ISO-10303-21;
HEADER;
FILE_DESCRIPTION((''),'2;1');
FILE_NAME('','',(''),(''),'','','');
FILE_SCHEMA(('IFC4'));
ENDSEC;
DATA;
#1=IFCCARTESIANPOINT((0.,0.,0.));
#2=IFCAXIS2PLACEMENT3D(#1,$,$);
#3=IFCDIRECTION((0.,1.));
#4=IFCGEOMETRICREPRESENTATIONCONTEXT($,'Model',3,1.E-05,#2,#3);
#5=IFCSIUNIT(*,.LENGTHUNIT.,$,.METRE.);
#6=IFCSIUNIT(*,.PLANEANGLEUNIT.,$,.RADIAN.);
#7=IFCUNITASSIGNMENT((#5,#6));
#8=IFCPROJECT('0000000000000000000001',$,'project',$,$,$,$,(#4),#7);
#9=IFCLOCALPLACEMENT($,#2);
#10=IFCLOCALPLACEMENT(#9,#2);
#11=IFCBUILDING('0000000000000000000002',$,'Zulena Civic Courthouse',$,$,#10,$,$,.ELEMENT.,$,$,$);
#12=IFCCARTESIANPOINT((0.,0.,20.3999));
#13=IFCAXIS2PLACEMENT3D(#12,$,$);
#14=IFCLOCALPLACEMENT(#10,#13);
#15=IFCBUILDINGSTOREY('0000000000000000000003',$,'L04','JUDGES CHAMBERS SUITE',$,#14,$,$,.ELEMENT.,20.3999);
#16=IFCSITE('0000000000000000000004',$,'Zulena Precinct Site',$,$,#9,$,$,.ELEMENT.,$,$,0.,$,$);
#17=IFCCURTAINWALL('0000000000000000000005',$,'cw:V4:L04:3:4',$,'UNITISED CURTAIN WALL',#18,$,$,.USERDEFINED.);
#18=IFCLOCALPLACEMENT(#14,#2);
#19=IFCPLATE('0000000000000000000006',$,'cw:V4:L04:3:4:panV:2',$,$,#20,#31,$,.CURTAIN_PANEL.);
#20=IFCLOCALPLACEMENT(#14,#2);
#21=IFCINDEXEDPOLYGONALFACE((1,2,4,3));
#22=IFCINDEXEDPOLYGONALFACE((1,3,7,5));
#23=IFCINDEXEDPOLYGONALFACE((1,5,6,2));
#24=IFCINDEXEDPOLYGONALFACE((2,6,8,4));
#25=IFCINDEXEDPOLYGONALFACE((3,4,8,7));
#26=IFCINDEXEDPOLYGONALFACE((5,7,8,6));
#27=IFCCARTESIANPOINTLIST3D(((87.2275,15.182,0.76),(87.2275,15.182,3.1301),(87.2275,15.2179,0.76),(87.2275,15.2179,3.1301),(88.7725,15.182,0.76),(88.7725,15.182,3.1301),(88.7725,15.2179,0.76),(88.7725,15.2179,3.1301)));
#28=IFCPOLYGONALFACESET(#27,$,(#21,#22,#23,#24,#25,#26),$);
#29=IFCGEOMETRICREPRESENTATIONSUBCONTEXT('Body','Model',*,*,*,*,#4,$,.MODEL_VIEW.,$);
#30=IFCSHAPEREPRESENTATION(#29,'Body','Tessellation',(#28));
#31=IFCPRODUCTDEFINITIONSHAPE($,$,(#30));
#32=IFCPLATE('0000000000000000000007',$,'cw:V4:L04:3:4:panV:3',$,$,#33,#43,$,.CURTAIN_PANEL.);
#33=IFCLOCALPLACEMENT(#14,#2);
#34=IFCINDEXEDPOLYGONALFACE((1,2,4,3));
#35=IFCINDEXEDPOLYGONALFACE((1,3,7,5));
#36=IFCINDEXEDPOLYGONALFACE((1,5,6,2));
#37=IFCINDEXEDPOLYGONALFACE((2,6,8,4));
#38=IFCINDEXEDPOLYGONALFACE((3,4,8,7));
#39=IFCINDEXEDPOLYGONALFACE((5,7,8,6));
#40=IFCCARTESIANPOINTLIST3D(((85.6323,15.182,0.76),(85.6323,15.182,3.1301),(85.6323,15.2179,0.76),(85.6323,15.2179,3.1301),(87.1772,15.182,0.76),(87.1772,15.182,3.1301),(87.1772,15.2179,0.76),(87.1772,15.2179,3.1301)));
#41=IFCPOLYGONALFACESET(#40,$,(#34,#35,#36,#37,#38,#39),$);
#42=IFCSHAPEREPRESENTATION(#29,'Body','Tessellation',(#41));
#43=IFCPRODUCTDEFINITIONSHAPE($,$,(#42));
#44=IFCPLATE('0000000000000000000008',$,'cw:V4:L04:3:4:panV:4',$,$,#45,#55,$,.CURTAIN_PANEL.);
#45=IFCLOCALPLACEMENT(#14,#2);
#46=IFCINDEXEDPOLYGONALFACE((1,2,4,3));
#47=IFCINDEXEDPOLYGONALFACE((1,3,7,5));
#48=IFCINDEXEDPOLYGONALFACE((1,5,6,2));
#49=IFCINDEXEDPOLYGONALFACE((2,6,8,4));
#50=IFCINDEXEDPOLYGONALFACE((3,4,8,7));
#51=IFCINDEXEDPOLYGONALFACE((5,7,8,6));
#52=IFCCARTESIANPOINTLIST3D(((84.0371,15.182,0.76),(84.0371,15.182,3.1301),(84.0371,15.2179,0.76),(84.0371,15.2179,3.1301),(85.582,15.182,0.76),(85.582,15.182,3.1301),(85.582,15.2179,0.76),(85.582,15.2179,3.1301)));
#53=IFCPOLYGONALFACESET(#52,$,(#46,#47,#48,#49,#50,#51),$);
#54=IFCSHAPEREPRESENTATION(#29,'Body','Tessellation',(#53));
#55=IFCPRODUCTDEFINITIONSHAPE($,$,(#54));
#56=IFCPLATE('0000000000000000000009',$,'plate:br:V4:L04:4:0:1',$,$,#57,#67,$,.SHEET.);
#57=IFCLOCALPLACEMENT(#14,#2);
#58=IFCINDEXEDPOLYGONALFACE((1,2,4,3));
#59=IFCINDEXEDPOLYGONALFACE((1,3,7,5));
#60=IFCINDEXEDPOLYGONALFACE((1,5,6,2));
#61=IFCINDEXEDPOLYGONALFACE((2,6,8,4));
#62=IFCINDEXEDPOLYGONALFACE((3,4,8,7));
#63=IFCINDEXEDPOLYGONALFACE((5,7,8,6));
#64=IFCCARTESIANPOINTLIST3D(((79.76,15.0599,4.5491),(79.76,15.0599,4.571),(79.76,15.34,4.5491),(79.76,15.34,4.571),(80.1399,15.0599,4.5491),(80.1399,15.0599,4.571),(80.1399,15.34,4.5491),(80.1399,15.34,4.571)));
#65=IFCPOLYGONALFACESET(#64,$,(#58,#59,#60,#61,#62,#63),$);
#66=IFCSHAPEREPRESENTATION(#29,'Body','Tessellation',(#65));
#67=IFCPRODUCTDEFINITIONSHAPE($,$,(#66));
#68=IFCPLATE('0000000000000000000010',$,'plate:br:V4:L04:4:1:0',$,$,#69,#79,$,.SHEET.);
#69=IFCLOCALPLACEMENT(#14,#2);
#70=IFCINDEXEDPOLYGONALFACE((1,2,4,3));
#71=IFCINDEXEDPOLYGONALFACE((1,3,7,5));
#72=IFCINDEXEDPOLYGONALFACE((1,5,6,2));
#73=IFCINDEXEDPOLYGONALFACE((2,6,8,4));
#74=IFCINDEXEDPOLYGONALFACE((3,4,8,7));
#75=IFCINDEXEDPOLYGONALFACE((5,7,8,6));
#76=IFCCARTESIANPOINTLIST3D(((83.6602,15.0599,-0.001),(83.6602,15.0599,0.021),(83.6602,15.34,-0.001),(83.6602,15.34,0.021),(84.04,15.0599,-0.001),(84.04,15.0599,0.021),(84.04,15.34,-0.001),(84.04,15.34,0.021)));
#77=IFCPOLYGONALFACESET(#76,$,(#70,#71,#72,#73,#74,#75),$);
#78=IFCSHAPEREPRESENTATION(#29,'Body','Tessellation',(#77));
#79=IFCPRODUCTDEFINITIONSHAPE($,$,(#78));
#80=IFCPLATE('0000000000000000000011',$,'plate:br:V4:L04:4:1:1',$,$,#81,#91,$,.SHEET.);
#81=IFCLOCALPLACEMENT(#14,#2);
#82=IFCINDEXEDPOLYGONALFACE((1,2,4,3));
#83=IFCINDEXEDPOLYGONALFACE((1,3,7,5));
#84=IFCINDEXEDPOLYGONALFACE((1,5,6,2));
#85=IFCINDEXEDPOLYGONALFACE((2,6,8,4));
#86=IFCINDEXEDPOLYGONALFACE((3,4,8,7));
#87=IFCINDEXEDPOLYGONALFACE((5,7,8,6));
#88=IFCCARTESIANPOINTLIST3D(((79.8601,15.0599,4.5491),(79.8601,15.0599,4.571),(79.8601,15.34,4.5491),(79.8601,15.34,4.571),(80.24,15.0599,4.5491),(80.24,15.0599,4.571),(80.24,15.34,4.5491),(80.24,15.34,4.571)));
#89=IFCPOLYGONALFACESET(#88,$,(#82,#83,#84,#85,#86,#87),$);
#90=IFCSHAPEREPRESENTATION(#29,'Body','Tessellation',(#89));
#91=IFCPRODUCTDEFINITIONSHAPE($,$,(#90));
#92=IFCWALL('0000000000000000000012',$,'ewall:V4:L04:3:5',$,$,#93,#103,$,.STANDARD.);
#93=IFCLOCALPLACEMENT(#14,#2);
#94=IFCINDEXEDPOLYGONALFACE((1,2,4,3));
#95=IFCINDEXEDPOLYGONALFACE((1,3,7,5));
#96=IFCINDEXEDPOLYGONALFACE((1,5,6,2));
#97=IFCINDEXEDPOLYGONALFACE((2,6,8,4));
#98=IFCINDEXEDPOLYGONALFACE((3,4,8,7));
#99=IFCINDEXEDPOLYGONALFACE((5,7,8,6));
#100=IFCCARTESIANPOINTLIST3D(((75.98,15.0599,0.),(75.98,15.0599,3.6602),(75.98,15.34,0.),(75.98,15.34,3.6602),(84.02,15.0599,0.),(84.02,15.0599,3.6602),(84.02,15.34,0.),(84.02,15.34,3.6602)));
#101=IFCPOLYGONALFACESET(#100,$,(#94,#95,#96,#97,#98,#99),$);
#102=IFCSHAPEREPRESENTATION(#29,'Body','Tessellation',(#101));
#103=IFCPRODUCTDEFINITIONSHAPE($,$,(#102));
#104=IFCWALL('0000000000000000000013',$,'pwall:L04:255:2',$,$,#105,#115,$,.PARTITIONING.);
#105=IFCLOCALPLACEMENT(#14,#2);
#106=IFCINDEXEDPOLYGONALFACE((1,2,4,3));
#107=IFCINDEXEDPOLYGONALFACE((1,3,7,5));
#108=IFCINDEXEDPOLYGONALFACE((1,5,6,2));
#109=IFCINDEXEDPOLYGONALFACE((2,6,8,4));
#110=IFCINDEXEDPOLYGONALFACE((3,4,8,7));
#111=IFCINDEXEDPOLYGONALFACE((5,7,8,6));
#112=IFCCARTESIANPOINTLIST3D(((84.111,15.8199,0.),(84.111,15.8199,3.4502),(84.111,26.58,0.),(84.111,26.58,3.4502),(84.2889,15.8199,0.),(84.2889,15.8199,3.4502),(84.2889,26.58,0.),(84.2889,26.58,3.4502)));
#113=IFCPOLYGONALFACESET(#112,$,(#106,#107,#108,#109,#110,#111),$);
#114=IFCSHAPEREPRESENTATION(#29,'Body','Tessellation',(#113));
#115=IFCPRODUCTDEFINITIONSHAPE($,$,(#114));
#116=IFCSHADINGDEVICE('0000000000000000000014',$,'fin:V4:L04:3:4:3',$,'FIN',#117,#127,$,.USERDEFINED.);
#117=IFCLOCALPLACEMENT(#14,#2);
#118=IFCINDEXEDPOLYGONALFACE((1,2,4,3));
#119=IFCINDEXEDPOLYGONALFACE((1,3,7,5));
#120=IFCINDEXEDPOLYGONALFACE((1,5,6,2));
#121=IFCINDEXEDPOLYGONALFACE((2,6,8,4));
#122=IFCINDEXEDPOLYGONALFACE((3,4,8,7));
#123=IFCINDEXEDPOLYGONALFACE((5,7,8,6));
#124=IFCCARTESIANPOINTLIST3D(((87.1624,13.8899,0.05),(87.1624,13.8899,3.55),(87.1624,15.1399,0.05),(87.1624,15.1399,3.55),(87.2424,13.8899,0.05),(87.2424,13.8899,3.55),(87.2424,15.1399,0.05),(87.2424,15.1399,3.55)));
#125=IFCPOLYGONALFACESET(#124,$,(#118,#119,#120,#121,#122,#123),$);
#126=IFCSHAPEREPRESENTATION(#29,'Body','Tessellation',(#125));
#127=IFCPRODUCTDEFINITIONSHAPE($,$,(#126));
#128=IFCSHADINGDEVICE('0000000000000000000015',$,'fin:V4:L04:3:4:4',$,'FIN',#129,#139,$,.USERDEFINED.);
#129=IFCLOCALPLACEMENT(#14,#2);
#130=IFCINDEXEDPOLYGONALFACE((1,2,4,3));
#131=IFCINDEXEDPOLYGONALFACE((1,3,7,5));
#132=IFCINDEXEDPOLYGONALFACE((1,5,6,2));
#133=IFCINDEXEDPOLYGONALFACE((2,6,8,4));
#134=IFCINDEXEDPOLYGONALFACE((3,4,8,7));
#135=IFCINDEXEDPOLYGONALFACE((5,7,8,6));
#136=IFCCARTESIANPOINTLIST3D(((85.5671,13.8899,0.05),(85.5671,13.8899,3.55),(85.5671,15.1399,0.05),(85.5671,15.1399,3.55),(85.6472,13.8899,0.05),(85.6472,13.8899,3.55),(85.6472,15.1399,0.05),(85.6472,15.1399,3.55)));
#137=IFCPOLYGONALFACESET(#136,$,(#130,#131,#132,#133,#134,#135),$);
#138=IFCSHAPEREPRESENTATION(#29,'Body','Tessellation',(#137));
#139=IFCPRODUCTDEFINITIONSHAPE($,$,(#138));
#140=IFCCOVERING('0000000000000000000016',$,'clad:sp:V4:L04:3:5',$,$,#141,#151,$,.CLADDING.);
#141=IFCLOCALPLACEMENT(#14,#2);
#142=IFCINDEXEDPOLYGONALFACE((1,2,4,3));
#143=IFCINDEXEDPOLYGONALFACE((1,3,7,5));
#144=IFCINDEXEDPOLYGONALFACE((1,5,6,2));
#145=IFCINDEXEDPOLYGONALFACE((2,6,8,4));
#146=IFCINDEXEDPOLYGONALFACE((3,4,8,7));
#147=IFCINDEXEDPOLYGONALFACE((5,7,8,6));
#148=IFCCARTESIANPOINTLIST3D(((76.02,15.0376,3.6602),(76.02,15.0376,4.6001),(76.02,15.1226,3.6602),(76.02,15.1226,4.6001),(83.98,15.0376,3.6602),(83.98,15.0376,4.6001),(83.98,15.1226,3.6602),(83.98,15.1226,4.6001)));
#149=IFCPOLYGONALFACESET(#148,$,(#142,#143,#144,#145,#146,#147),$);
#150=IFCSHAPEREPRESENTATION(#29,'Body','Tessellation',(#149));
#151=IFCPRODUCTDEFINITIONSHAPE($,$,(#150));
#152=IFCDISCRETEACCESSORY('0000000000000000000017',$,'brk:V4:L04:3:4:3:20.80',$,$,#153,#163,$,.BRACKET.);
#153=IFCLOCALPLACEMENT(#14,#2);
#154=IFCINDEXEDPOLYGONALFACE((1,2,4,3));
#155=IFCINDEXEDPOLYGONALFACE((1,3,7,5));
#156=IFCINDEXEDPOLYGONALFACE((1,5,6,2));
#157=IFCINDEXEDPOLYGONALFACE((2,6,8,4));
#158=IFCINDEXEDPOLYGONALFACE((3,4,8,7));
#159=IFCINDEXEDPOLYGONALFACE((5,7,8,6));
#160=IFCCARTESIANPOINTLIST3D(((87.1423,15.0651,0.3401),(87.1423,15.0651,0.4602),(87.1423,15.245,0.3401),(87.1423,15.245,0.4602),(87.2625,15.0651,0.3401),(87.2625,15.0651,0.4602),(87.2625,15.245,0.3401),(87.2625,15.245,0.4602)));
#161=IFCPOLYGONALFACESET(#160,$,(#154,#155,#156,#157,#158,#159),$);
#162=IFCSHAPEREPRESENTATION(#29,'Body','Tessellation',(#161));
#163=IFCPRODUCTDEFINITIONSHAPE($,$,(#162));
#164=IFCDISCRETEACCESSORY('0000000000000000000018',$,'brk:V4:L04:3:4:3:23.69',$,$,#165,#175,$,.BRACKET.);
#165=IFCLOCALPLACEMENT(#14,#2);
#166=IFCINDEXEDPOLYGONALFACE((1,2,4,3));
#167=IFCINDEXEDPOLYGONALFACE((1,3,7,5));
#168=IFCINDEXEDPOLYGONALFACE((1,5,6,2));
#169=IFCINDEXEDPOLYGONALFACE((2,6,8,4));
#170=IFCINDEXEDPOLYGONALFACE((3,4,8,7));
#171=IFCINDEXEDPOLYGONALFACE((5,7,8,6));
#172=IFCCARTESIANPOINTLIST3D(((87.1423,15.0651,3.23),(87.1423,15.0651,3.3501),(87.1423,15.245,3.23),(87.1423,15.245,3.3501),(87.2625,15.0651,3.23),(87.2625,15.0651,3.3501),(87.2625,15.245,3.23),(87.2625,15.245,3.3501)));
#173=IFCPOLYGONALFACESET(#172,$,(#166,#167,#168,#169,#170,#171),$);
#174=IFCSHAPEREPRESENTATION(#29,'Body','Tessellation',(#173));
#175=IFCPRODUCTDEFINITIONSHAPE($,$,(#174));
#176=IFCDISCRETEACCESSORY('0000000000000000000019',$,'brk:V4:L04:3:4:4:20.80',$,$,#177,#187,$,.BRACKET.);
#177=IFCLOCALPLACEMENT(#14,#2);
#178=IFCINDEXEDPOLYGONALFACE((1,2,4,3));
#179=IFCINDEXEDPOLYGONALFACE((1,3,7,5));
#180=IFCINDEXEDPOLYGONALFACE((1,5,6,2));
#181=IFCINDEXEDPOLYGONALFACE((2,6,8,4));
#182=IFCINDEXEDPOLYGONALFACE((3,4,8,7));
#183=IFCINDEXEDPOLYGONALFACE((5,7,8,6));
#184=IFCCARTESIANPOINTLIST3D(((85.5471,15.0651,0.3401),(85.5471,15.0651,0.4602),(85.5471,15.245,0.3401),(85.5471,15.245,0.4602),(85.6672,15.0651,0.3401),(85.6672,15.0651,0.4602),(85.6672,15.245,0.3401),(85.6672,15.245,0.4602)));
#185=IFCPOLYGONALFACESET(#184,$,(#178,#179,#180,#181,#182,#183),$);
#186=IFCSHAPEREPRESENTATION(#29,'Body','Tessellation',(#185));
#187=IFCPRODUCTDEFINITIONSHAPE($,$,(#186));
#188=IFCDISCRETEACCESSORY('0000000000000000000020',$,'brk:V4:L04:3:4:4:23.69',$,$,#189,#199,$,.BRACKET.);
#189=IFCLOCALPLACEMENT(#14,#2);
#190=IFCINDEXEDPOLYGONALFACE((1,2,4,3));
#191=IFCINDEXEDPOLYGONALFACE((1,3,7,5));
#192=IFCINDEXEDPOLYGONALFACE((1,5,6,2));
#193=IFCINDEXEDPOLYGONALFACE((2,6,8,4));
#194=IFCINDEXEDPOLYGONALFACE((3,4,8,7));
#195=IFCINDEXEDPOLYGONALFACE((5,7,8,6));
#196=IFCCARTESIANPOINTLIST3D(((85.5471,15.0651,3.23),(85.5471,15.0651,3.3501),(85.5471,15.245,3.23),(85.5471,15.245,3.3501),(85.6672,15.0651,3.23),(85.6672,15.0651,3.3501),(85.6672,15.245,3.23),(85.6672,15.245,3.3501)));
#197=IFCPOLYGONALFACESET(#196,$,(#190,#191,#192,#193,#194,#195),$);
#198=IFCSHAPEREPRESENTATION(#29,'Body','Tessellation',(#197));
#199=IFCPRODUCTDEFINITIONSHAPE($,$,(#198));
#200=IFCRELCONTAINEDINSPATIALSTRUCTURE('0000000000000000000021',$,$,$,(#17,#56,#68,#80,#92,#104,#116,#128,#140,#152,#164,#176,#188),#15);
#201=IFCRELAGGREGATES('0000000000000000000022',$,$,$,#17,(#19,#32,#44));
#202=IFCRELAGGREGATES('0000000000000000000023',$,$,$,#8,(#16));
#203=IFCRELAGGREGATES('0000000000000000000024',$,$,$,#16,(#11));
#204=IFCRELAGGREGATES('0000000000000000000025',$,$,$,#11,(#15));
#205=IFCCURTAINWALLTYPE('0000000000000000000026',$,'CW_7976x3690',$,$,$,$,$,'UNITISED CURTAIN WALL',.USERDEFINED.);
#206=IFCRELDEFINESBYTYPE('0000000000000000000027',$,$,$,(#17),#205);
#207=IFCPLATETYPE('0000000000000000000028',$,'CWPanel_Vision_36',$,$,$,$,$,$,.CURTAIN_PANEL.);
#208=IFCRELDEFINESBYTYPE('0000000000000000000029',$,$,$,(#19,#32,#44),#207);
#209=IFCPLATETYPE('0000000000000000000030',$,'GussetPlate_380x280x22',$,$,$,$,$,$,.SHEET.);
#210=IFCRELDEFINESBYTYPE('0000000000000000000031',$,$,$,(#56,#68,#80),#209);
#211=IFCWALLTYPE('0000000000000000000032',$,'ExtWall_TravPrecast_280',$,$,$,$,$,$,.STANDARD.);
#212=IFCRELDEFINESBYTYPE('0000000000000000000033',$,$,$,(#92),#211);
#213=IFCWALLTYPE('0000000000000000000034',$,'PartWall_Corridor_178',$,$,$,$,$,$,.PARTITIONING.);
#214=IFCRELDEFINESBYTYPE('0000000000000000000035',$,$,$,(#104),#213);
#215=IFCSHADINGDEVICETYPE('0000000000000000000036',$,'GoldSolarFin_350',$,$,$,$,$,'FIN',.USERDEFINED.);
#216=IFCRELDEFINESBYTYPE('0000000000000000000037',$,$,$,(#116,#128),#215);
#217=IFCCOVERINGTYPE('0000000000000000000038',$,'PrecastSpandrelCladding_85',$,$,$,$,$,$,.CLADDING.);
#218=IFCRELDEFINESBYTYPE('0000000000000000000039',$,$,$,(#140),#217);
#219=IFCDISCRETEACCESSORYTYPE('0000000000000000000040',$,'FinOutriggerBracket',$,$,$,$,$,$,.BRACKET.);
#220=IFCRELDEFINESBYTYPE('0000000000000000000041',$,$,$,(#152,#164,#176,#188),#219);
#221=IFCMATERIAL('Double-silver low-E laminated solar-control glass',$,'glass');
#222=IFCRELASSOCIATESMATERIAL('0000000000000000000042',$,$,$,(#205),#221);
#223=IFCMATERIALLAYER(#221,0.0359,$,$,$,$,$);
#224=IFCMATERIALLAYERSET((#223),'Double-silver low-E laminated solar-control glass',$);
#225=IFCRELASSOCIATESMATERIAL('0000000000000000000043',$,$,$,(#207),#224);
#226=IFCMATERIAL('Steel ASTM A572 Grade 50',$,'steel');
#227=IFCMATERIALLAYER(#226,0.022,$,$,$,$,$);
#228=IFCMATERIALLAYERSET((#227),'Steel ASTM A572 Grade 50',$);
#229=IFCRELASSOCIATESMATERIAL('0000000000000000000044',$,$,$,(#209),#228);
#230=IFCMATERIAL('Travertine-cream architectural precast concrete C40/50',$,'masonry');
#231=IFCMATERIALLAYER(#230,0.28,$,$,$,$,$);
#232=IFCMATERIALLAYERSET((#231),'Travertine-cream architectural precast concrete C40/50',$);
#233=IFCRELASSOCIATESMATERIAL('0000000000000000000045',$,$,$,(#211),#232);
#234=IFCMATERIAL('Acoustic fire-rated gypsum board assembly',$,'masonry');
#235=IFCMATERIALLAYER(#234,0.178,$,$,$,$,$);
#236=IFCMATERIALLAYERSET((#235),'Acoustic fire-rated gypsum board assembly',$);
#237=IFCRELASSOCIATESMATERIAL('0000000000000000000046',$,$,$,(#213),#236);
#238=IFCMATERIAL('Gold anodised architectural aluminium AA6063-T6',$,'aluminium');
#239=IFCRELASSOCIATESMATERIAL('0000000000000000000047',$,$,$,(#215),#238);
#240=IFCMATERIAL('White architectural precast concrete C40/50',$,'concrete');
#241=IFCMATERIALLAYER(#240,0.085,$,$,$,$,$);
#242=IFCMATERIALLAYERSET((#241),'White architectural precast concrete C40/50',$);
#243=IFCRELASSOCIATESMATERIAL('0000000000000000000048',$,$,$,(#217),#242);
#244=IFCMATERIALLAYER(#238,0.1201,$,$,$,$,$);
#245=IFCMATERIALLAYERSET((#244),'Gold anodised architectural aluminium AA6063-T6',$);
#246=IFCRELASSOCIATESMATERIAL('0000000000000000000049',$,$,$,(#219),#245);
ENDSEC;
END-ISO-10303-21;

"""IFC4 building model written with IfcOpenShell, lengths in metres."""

from ifc_helpers import new_model, si_unit, direction, frame, frame_2d, origin, origin_2d, place, context, subcontext, project, spatial, rectangle, extrude, material, layer, layer_set, type_object, element, aggregate, save


model = new_model("IFC4")

# Units and contexts
model_context = context("Model", 3, precision=1e-05, world=origin(), true_north=direction((0.0, 1.0)))
body_context = subcontext(model_context, "Body", "Model", "MODEL_VIEW")
ifc_project = project(units=[si_unit("LENGTHUNIT", "METRE"), si_unit("PLANEANGLEUNIT", "RADIAN")], contexts=[model_context])

# Site, building, storey
site_placement = place(None, origin())
site = spatial("IfcSite", under=ifc_project, at=site_placement, Name="Zulena Precinct Site", CompositionType="ELEMENT", RefElevation=0.0)
building_placement = place(site_placement, origin())
building = spatial("IfcBuilding", under=site, at=building_placement, Name="Zulena Civic Courthouse", CompositionType="ELEMENT")
storey_placement = place(building_placement, frame((0.0, 0.0, 20.3999)))
storey = spatial("IfcBuildingStorey", under=building, at=storey_placement, Name="L04", Description="JUDGES CHAMBERS SUITE", CompositionType="ELEMENT", Elevation=20.3999)

# Curtain wall
ifc_material_1 = material(Name="Double-silver low-E laminated solar-control glass", Category="glass")
curtain_wall_type = type_object("IfcCurtainWallType", Name="CW_7976x3690", ElementType="UNITISED CURTAIN WALL", PredefinedType="USERDEFINED", material=ifc_material_1)
curtain_wall_placement = place(storey_placement, origin())
curtain_wall = element("IfcCurtainWall", 1, at=curtain_wall_placement, inside=storey, type_object=curtain_wall_type, Name="cw:V4:L04:3:4", ObjectType="UNITISED CURTAIN WALL", PredefinedType="USERDEFINED")

# Plates
ifc_layer_1 = layer(ifc_material_1, 0.0359)
ifc_layer_set_1 = layer_set([ifc_layer_1], Name="Double-silver low-E laminated solar-control glass")
plate_type_1 = type_object("IfcPlateType", Name="CWPanel_Vision_36", PredefinedType="CURTAIN_PANEL", material=ifc_layer_set_1)
plate_1_placement = place(storey_placement, frame((88.0, 15.2, 0.76), z_axis=(0.0, 0.0, 1.0), x_axis=(-1.0, 0.0, 0.0)))
plate_1 = element("IfcPlate", 2, at=plate_1_placement, type_object=plate_type_1, Name="cw:V4:L04:3:4:panV:2", PredefinedType="CURTAIN_PANEL", context=body_context, shape_type="SweptSolid", body=[
    extrude(rectangle(XDim=1.5449, YDim=0.0359, at=origin_2d()), origin(), (0.0, 0.0, 1.0), 2.3701),
])
plate_2_placement = place(storey_placement, frame((86.4048, 15.2, 0.76), z_axis=(0.0, 0.0, 1.0), x_axis=(-1.0, 0.0, 0.0)))
plate_2 = element("IfcPlate", 3, at=plate_2_placement, type_object=plate_type_1, Name="cw:V4:L04:3:4:panV:3", PredefinedType="CURTAIN_PANEL", context=body_context, shape_type="SweptSolid", body=[
    extrude(rectangle(XDim=1.5449, YDim=0.0359, at=origin_2d()), origin(), (0.0, 0.0, 1.0), 2.3701),
])
plate_3_placement = place(storey_placement, frame((84.8096, 15.2, 0.76), z_axis=(0.0, 0.0, 1.0), x_axis=(-1.0, 0.0, 0.0)))
plate_3 = element("IfcPlate", 4, at=plate_3_placement, type_object=plate_type_1, Name="cw:V4:L04:3:4:panV:4", PredefinedType="CURTAIN_PANEL", context=body_context, shape_type="SweptSolid", body=[
    extrude(rectangle(XDim=1.5449, YDim=0.0359, at=origin_2d()), origin(), (0.0, 0.0, 1.0), 2.3701),
])
aggregate(curtain_wall, [plate_1, plate_2, plate_3])

# Plates
ifc_material_2 = material(Name="Steel ASTM A572 Grade 50", Category="steel")
ifc_layer_2 = layer(ifc_material_2, 0.022)
ifc_layer_set_2 = layer_set([ifc_layer_2], Name="Steel ASTM A572 Grade 50")
plate_type_2 = type_object("IfcPlateType", Name="GussetPlate_380x280x22", PredefinedType="SHEET", material=ifc_layer_set_2)
for number, where, z_axis, x_axis, name in (
    (5, (79.95, 15.2, 4.5491), (0.0, 0.0, 1.0), (1.0, 0.0, 0.0), "plate:br:V4:L04:4:0:1"),
    (6, (83.8501, 15.2, -0.001), (0.0, 0.0, 1.0), (1.0, 0.0, 0.0), "plate:br:V4:L04:4:1:0"),
    (7, (80.05, 15.2, 4.5491), (0.0, 0.0, 1.0), (1.0, 0.0, 0.0), "plate:br:V4:L04:4:1:1"),
):
    element("IfcPlate", number, at=place(storey_placement, frame(where, z_axis=z_axis, x_axis=x_axis)), inside=storey, type_object=plate_type_2, Name=name, PredefinedType="SHEET", context=body_context, shape_type="SweptSolid", body=[
        extrude(rectangle(XDim=0.3799, YDim=0.28, at=origin_2d()), origin(), (0.0, 0.0, 1.0), 0.022),
    ])

# Walls
ifc_material_3 = material(Name="Travertine-cream architectural precast concrete C40/50", Category="masonry")
ifc_layer_3 = layer(ifc_material_3, 0.28)
ifc_layer_set_3 = layer_set([ifc_layer_3], Name="Travertine-cream architectural precast concrete C40/50")
wall_type_1 = type_object("IfcWallType", Name="ExtWall_TravPrecast_280", PredefinedType="STANDARD", material=ifc_layer_set_3)
wall_1_placement = place(storey_placement, frame((84.02, 15.2, 0.0), z_axis=(0.0, 0.0, 1.0), x_axis=(-1.0, 0.0, 0.0)))
element("IfcWall", 8, at=wall_1_placement, inside=storey, type_object=wall_type_1, Name="ewall:V4:L04:3:5", PredefinedType="STANDARD", context=body_context, shape_type="SweptSolid", body=[
    extrude(rectangle(XDim=8.04, YDim=0.28, at=frame_2d((4.02, 0.0))), origin(), (0.0, 0.0, 1.0), 3.6602),
])
ifc_material_4 = material(Name="Acoustic fire-rated gypsum board assembly", Category="masonry")
ifc_layer_4 = layer(ifc_material_4, 0.178)
ifc_layer_set_4 = layer_set([ifc_layer_4], Name="Acoustic fire-rated gypsum board assembly")
wall_type_2 = type_object("IfcWallType", Name="PartWall_Corridor_178", PredefinedType="PARTITIONING", material=ifc_layer_set_4)
wall_2_placement = place(storey_placement, frame((84.2, 15.8201, 0.0), z_axis=(0.0, 0.0, 1.0), x_axis=(0.0, 1.0, 0.0)))
element("IfcWall", 9, at=wall_2_placement, inside=storey, type_object=wall_type_2, Name="pwall:L04:255:2", PredefinedType="PARTITIONING", context=body_context, shape_type="SweptSolid", body=[
    extrude(rectangle(XDim=10.76, YDim=0.178, at=frame_2d((5.3799, 0.0))), origin(), (0.0, 0.0, 1.0), 3.4502),
])

# Shading devices
ifc_material_5 = material(Name="Gold anodised architectural aluminium AA6063-T6", Category="aluminium")
shading_device_type = type_object("IfcShadingDeviceType", Name="GoldSolarFin_350", ElementType="FIN", PredefinedType="USERDEFINED", material=ifc_material_5)
for number, where, z_axis, x_axis, name in (
    (10, (87.2024, 14.5149, 0.05), (0.0, 0.0, 1.0), (0.0, -1.0, 0.0), "fin:V4:L04:3:4:3"),
    (11, (85.6072, 14.5149, 0.05), (0.0, 0.0, 1.0), (0.0, -1.0, 0.0), "fin:V4:L04:3:4:4"),
):
    element("IfcShadingDevice", number, at=place(storey_placement, frame(where, z_axis=z_axis, x_axis=x_axis)), inside=storey, type_object=shading_device_type, Name=name, ObjectType="FIN", PredefinedType="USERDEFINED", context=body_context, shape_type="SweptSolid", body=[
        extrude(rectangle(XDim=1.25, YDim=0.0801, at=origin_2d()), origin(), (0.0, 0.0, 1.0), 3.5),
    ])

# Covering
ifc_material_6 = material(Name="White architectural precast concrete C40/50", Category="concrete")
ifc_layer_5 = layer(ifc_material_6, 0.085)
ifc_layer_set_5 = layer_set([ifc_layer_5], Name="White architectural precast concrete C40/50")
covering_type = type_object("IfcCoveringType", Name="PrecastSpandrelCladding_85", PredefinedType="CLADDING", material=ifc_layer_set_5)
covering_placement = place(storey_placement, frame((80.0, 15.0801, 3.6602), z_axis=(0.0, 0.0, 1.0), x_axis=(-1.0, 0.0, 0.0)))
element("IfcCovering", 12, at=covering_placement, inside=storey, type_object=covering_type, Name="clad:sp:V4:L04:3:5", PredefinedType="CLADDING", context=body_context, shape_type="SweptSolid", body=[
    extrude(rectangle(XDim=7.96, YDim=0.085, at=origin_2d()), origin(), (0.0, 0.0, 1.0), 0.9399),
])

# Discrete accessories
ifc_layer_6 = layer(ifc_material_5, 0.1201)
ifc_layer_set_6 = layer_set([ifc_layer_6], Name="Gold anodised architectural aluminium AA6063-T6")
discrete_accessory_type = type_object("IfcDiscreteAccessoryType", Name="FinOutriggerBracket", PredefinedType="BRACKET", material=ifc_layer_set_6)
for number, where, z_axis, x_axis, name in (
    (13, (87.2024, 15.155, 0.3401), (0.0, 0.0, 1.0), (0.0, -1.0, 0.0), "brk:V4:L04:3:4:3:20.80"),
    (14, (87.2024, 15.155, 3.23), (0.0, 0.0, 1.0), (0.0, -1.0, 0.0), "brk:V4:L04:3:4:3:23.69"),
    (15, (85.6072, 15.155, 0.3401), (0.0, 0.0, 1.0), (0.0, -1.0, 0.0), "brk:V4:L04:3:4:4:20.80"),
    (16, (85.6072, 15.155, 3.23), (0.0, 0.0, 1.0), (0.0, -1.0, 0.0), "brk:V4:L04:3:4:4:23.69"),
):
    element("IfcDiscreteAccessory", number, at=place(storey_placement, frame(where, z_axis=z_axis, x_axis=x_axis)), inside=storey, type_object=discrete_accessory_type, Name=name, PredefinedType="BRACKET", context=body_context, shape_type="SweptSolid", body=[
        extrude(rectangle(XDim=0.1799, YDim=0.1201, at=origin_2d()), origin(), (0.0, 0.0, 1.0), 0.1201),
    ])

save(model, "model.ifc")
